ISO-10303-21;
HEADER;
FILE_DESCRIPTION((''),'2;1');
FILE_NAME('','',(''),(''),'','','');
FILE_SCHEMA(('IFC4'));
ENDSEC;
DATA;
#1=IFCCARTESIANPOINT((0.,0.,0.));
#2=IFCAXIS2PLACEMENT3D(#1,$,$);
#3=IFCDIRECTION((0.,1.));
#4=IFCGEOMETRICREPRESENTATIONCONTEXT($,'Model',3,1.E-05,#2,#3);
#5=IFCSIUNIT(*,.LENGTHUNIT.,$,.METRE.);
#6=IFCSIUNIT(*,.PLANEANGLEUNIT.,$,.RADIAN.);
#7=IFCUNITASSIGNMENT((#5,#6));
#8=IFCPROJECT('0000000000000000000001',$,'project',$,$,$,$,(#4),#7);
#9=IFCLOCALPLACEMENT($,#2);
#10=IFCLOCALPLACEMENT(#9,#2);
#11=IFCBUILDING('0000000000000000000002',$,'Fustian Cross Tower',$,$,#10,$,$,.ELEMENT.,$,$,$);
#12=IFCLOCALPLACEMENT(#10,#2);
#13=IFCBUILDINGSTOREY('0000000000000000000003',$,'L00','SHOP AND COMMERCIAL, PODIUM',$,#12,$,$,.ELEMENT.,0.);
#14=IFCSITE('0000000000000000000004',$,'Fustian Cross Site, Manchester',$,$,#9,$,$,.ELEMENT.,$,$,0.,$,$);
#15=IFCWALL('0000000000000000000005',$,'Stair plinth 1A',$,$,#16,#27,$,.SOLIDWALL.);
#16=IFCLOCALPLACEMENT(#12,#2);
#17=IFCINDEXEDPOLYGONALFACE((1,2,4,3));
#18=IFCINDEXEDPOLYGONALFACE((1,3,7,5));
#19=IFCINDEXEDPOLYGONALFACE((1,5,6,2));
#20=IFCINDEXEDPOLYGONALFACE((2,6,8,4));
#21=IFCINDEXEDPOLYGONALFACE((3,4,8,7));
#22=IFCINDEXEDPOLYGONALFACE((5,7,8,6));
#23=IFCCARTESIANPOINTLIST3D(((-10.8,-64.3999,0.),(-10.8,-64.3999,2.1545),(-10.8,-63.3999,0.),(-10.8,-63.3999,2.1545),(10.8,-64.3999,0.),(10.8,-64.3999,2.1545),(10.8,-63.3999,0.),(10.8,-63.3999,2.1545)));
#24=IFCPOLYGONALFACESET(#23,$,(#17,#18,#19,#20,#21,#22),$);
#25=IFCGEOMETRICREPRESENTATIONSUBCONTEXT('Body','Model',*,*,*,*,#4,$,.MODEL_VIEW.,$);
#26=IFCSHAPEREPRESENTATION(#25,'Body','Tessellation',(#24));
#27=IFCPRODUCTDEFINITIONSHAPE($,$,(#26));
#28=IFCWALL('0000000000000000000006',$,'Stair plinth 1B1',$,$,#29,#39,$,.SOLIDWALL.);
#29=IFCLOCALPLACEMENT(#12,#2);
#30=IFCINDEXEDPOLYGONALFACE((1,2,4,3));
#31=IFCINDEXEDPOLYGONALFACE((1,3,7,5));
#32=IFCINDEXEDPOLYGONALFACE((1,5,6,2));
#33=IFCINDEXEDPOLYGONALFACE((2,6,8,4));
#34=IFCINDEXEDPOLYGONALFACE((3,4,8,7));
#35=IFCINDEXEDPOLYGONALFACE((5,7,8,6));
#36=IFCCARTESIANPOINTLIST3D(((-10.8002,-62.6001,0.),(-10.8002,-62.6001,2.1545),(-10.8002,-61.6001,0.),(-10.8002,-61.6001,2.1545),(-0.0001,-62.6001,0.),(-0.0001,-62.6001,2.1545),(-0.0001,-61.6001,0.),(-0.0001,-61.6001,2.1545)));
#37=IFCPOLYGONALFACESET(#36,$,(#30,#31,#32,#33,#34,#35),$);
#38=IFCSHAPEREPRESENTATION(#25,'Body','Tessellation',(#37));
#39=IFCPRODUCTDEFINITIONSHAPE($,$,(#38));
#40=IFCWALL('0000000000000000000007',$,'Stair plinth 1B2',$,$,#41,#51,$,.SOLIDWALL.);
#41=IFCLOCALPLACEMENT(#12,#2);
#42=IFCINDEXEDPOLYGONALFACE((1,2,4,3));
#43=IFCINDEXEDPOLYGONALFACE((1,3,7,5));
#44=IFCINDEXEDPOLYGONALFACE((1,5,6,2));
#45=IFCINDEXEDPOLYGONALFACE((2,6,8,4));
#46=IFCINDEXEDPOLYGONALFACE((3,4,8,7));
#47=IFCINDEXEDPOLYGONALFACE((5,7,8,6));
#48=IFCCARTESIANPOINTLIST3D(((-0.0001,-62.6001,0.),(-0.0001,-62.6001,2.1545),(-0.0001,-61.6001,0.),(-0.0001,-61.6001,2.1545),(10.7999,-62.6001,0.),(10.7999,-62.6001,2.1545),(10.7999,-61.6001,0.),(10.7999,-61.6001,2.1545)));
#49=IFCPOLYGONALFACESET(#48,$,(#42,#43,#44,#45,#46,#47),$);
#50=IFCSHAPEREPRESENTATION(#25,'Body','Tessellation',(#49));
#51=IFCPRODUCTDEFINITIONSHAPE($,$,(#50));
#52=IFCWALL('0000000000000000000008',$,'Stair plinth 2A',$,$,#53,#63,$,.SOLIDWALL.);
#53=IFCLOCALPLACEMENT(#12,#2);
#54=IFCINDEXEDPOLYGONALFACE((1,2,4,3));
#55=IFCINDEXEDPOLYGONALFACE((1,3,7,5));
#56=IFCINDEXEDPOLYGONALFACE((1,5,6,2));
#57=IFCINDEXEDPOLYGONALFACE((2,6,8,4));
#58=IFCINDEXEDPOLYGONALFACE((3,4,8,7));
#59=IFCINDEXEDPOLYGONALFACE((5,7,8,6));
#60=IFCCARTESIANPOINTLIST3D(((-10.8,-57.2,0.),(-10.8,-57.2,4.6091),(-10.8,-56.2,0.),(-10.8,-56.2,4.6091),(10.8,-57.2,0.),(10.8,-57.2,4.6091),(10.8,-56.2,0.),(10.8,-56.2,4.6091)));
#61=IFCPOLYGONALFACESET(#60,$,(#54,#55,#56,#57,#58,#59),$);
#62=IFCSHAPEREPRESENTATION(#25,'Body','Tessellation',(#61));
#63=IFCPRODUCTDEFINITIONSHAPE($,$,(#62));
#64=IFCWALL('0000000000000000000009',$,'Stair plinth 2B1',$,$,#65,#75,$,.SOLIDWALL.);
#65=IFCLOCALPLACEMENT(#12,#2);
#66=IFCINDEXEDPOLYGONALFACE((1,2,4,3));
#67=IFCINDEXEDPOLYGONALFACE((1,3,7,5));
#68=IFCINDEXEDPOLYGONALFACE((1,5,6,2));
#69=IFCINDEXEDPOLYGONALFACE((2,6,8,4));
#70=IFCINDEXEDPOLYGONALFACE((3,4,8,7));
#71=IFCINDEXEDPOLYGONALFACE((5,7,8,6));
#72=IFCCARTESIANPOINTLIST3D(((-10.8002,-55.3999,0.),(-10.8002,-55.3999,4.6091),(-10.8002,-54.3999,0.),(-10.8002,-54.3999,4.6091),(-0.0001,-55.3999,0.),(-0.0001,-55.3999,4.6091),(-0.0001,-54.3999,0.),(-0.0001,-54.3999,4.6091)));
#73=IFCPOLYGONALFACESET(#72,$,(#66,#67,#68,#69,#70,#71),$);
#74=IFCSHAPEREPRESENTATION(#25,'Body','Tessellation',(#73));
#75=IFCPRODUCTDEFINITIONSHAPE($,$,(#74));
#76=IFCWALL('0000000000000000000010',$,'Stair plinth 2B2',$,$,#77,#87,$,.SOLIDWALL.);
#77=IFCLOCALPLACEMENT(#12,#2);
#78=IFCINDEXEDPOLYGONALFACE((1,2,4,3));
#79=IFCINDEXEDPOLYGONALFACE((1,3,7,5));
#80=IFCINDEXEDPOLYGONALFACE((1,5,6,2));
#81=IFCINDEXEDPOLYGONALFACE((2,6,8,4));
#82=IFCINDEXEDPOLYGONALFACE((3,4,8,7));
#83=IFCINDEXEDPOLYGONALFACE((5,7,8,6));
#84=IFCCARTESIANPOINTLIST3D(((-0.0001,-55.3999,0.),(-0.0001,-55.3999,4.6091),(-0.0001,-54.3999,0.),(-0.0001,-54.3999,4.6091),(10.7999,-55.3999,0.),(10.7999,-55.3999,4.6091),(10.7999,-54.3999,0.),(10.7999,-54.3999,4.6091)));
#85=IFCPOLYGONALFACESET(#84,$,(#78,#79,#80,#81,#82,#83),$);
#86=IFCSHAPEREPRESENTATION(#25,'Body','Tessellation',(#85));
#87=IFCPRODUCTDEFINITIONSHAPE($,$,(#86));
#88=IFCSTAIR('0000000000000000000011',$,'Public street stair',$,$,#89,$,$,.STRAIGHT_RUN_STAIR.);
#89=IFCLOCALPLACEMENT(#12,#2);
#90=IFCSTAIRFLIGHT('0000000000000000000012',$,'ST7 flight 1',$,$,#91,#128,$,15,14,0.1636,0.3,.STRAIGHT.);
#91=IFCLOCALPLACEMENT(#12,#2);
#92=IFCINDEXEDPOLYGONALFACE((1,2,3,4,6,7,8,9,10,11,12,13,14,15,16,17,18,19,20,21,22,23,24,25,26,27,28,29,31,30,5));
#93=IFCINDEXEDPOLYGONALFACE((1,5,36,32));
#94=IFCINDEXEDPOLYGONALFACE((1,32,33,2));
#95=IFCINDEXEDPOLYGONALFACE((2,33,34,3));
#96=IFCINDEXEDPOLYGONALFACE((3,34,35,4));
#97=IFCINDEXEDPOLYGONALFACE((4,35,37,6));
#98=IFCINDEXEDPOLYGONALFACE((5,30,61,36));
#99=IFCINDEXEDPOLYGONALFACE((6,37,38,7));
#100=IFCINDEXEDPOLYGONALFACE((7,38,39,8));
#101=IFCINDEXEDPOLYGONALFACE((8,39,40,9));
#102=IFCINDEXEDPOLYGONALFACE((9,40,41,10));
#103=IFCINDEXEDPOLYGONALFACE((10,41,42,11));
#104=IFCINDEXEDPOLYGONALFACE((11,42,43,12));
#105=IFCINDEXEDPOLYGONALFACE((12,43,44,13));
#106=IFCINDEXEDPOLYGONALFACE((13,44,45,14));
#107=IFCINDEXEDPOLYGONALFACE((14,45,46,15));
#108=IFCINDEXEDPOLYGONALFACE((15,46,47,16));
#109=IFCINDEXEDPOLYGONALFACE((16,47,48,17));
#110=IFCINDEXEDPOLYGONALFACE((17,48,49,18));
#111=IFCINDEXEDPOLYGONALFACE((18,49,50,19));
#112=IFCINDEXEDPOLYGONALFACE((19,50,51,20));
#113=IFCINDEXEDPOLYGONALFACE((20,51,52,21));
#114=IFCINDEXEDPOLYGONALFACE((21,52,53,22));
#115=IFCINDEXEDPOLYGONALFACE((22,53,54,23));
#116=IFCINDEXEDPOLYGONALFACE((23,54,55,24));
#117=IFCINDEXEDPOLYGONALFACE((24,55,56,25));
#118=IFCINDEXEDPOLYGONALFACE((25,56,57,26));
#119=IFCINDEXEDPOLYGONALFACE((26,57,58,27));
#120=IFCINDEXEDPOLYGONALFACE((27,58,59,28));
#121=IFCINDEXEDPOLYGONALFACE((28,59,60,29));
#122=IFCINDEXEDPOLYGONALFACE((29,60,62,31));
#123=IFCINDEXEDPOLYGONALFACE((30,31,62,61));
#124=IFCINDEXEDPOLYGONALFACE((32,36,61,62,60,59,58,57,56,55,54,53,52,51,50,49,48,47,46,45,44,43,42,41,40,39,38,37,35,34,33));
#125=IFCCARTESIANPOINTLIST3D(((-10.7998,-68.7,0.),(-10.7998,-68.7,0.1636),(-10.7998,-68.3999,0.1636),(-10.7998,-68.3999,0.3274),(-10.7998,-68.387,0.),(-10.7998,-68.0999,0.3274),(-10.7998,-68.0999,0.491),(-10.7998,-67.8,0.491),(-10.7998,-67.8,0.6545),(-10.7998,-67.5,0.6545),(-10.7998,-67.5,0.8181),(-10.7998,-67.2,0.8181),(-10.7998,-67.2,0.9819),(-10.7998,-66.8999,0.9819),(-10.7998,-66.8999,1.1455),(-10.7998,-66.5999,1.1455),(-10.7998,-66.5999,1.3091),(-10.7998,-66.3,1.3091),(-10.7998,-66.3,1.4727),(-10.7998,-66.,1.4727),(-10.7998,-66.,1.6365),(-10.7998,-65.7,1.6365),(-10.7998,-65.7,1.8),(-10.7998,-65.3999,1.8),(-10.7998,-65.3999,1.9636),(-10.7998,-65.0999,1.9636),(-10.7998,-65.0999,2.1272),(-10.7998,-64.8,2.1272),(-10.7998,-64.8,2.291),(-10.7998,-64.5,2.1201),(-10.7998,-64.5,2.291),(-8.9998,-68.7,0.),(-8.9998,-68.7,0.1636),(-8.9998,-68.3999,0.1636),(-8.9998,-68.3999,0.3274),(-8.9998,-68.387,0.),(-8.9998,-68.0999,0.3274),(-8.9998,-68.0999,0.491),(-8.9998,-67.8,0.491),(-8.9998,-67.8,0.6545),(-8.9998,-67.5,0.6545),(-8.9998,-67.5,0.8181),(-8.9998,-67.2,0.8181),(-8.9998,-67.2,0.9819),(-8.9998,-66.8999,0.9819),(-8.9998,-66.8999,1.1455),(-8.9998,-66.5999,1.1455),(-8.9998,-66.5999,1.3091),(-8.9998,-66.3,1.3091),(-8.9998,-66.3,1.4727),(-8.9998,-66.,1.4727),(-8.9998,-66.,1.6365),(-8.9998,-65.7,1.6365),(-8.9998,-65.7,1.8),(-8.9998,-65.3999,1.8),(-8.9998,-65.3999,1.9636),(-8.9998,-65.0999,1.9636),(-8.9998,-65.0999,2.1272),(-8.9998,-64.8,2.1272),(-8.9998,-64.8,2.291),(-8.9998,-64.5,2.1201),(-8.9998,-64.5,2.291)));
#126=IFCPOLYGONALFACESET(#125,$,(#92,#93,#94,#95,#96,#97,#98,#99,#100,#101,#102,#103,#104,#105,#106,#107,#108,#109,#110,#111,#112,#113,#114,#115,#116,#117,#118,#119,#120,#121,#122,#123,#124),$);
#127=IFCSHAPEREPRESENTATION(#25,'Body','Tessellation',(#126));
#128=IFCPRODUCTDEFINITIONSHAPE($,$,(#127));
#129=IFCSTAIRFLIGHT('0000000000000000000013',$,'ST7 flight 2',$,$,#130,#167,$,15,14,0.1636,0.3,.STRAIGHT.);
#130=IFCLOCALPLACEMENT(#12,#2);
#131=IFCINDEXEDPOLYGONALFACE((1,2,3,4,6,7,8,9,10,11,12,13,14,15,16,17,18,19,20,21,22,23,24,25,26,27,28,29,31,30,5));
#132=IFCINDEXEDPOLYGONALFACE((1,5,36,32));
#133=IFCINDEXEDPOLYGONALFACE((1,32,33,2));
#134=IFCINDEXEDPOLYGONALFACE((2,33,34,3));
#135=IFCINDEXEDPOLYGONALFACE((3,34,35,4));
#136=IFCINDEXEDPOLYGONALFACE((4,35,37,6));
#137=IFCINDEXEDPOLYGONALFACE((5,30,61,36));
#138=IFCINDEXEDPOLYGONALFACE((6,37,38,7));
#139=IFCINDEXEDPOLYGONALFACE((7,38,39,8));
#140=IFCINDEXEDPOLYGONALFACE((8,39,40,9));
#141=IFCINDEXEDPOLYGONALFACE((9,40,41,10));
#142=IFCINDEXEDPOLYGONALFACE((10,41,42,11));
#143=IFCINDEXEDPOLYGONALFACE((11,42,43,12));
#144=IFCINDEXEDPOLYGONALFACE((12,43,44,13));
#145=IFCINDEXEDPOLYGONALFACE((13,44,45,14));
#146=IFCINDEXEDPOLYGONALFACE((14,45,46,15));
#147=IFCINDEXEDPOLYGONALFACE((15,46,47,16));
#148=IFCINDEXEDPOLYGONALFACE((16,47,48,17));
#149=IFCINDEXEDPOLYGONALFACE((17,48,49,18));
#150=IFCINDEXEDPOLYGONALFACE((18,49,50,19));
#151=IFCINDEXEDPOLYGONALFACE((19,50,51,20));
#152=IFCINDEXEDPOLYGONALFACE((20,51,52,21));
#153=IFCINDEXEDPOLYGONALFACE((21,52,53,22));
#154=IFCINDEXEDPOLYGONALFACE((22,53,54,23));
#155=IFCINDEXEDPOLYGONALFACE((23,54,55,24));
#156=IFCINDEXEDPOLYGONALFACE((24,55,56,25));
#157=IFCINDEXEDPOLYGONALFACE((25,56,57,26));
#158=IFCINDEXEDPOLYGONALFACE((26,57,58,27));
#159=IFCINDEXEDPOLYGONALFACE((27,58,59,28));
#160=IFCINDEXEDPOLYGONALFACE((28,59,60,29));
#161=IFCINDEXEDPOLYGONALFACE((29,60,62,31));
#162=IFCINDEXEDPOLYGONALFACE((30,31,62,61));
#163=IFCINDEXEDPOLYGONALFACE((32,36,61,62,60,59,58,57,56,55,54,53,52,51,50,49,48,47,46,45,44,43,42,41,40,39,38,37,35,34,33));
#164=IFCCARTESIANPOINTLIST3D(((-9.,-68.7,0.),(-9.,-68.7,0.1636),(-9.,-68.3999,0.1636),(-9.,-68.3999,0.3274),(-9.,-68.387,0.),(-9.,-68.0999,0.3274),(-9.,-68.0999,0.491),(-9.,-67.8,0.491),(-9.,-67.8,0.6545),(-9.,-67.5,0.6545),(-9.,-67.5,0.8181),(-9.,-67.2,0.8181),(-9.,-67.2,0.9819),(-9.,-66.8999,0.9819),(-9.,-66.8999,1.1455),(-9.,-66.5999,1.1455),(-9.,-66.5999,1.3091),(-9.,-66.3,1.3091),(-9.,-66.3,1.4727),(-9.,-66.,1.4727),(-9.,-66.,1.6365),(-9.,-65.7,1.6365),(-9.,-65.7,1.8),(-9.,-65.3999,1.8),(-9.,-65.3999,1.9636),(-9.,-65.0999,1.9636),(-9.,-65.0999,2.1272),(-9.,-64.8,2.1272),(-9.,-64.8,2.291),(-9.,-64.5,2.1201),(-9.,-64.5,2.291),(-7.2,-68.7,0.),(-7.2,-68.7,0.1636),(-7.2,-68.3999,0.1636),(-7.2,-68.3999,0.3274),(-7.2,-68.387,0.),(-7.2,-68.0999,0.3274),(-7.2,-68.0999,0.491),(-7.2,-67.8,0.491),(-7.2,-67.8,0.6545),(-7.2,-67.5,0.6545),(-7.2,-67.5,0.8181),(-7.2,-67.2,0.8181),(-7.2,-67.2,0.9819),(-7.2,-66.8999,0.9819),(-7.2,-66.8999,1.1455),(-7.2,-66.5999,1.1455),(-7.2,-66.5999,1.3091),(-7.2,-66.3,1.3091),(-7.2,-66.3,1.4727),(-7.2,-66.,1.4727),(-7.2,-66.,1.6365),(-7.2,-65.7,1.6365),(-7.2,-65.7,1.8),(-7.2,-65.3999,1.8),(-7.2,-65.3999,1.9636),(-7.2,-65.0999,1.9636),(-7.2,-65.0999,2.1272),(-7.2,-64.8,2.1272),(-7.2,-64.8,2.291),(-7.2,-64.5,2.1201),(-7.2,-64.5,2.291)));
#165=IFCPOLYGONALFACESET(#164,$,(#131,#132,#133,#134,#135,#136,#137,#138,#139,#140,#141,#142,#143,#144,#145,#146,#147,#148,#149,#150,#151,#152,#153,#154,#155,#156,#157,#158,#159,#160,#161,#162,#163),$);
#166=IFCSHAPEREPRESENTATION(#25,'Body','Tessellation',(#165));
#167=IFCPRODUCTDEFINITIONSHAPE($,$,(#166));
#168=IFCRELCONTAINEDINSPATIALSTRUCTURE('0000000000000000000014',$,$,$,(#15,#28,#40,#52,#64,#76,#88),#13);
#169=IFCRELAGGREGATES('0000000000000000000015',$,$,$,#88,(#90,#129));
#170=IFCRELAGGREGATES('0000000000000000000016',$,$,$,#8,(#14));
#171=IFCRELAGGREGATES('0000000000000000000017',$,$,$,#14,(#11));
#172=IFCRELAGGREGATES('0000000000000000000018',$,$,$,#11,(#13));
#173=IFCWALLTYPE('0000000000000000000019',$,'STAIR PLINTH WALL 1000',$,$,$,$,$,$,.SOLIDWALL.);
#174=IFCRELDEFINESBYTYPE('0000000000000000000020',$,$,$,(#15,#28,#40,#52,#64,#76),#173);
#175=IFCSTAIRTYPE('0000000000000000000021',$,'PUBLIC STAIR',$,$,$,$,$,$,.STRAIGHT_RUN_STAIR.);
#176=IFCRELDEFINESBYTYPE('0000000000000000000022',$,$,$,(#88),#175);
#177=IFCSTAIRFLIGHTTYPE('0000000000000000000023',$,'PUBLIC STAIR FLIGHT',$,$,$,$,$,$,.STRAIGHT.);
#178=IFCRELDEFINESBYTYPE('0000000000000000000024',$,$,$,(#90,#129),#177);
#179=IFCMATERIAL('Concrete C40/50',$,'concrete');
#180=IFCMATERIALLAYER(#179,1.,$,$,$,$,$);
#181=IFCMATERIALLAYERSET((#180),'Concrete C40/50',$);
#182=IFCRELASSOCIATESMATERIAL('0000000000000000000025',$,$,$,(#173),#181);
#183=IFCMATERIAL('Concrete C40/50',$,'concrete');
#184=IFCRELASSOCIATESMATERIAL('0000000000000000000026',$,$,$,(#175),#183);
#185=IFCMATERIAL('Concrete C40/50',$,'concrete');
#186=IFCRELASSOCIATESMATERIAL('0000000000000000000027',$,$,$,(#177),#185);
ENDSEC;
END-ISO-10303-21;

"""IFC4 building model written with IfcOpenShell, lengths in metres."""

from ifc_helpers import new_model, si_unit, direction, frame, frame_2d, origin, place, context, subcontext, project, spatial, polyline, rectangle, outline, extrude, material, layer, layer_set, type_object, element, aggregate, save


model = new_model("IFC4")

# Units and contexts
model_context = context("Model", 3, precision=1e-05, world=origin(), true_north=direction((0.0, 1.0)))
body_context = subcontext(model_context, "Body", "Model", "MODEL_VIEW")
ifc_project = project(units=[si_unit("LENGTHUNIT", "METRE"), si_unit("PLANEANGLEUNIT", "RADIAN")], contexts=[model_context])

# Site, building, storey
site_placement = place(None, origin())
site = spatial("IfcSite", under=ifc_project, at=site_placement, Name="Fustian Cross Site, Manchester", CompositionType="ELEMENT", RefElevation=0.0)
building_placement = place(site_placement, origin())
building = spatial("IfcBuilding", under=site, at=building_placement, Name="Fustian Cross Tower", CompositionType="ELEMENT")
storey_placement = place(building_placement, origin())
storey = spatial("IfcBuildingStorey", under=building, at=storey_placement, Name="L00", Description="SHOP AND COMMERCIAL, PODIUM", CompositionType="ELEMENT", Elevation=0.0)

# Walls
ifc_material_1 = material(Name="Concrete C40/50", Category="concrete")
ifc_layer = layer(ifc_material_1, 1.0)
ifc_layer_set = layer_set([ifc_layer], Name="Concrete C40/50")
wall_type = type_object("IfcWallType", Name="STAIR PLINTH WALL 1000", PredefinedType="SOLIDWALL", material=ifc_layer_set)
wall_1_placement = place(storey_placement, frame((-10.8, -63.8999, 0.0), z_axis=(0.0, 0.0, 1.0), x_axis=(1.0, 0.0, 0.0)))
element("IfcWall", 1, at=wall_1_placement, inside=storey, type_object=wall_type, Name="Stair plinth 1A", PredefinedType="SOLIDWALL", context=body_context, shape_type="SweptSolid", body=[
    extrude(rectangle(XDim=21.6001, YDim=1.0, at=frame_2d((10.8, 0.0))), origin(), (0.0, 0.0, 1.0), 2.1545),
])
for number, where, z_axis, x_axis, name in (
    (2, (-10.8, -62.1001, 0.0), (0.0, 0.0, 1.0), (1.0, 0.0, 0.0), "Stair plinth 1B1"),
    (3, (0.0, -62.1001, 0.0), (0.0, 0.0, 1.0), (1.0, 0.0, 0.0), "Stair plinth 1B2"),
):
    element("IfcWall", number, at=place(storey_placement, frame(where, z_axis=z_axis, x_axis=x_axis)), inside=storey, type_object=wall_type, Name=name, PredefinedType="SOLIDWALL", context=body_context, shape_type="SweptSolid", body=[
        extrude(rectangle(XDim=10.8, YDim=1.0, at=frame_2d((5.3999, 0.0))), origin(), (0.0, 0.0, 1.0), 2.1545),
    ])
wall_2_placement = place(storey_placement, frame((-10.8, -56.7, 0.0), z_axis=(0.0, 0.0, 1.0), x_axis=(1.0, 0.0, 0.0)))
element("IfcWall", 4, at=wall_2_placement, inside=storey, type_object=wall_type, Name="Stair plinth 2A", PredefinedType="SOLIDWALL", context=body_context, shape_type="SweptSolid", body=[
    extrude(rectangle(XDim=21.6001, YDim=1.0, at=frame_2d((10.8, 0.0))), origin(), (0.0, 0.0, 1.0), 4.6091),
])
for number, where, z_axis, x_axis, name in (
    (5, (-10.8, -54.8999, 0.0), (0.0, 0.0, 1.0), (1.0, 0.0, 0.0), "Stair plinth 2B1"),
    (6, (0.0, -54.8999, 0.0), (0.0, 0.0, 1.0), (1.0, 0.0, 0.0), "Stair plinth 2B2"),
):
    element("IfcWall", number, at=place(storey_placement, frame(where, z_axis=z_axis, x_axis=x_axis)), inside=storey, type_object=wall_type, Name=name, PredefinedType="SOLIDWALL", context=body_context, shape_type="SweptSolid", body=[
        extrude(rectangle(XDim=10.8, YDim=1.0, at=frame_2d((5.3999, 0.0))), origin(), (0.0, 0.0, 1.0), 4.6091),
    ])

# Stair, stair flights
ifc_material_2 = material(Name="Concrete C40/50", Category="concrete")
stair_type = type_object("IfcStairType", Name="PUBLIC STAIR", PredefinedType="STRAIGHT_RUN_STAIR", material=ifc_material_2)
stair_placement = place(storey_placement, origin())
stair = element("IfcStair", 7, at=stair_placement, inside=storey, type_object=stair_type, Name="Public street stair", PredefinedType="STRAIGHT_RUN_STAIR")
ifc_material_3 = material(Name="Concrete C40/50", Category="concrete")
stair_flight_type = type_object("IfcStairFlightType", Name="PUBLIC STAIR FLIGHT", PredefinedType="STRAIGHT", material=ifc_material_3)
stair_flight_1_placement = place(storey_placement, frame((-9.8999, -68.7, 0.0), z_axis=(0.0, 0.0, 1.0), x_axis=(0.0, 1.0, 0.0)))
stair_flight_1 = element("IfcStairFlight", 8, at=stair_flight_1_placement, type_object=stair_flight_type, Name="ST7 flight 1", NumberOfRisers=15, NumberOfTreads=14, PredefinedType="STRAIGHT", RiserHeight=0.1636, TreadLength=0.3, context=body_context, shape_type="SweptSolid", body=[
    extrude(outline(polyline([(0.0, 0.0), (0.0, 0.1636), (0.3, 0.1636), (0.3, 0.3274), (0.6001, 0.3274), (0.6001, 0.491), (0.8999, 0.491), (0.8999, 0.6545), (1.2, 0.6545), (1.2, 0.8181), (1.5, 0.8181), (1.5, 0.9819), (1.8, 0.9819), (1.8, 1.1455), (2.1001, 1.1455), (2.1001, 1.3091), (2.3999, 1.3091), (2.3999, 1.4727), (2.7, 1.4727), (2.7, 1.6365), (3.0, 1.6365), (3.0, 1.8), (3.3, 1.8), (3.3, 1.9636), (3.6001, 1.9636), (3.6001, 2.1272), (3.8999, 2.1272), (3.8999, 2.291), (4.2, 2.291), (4.2, 2.4546), (4.2, 2.1201), (0.313, 0.0), (0.0, 0.0)])), frame((0.0, 0.8999, 0.0), z_axis=(0.0, -1.0, 0.0), x_axis=(1.0, 0.0, 0.0)), (0.0, 0.0, 1.0), 1.8),
])
stair_flight_2_placement = place(storey_placement, frame((-8.1001, -68.7, 0.0), z_axis=(0.0, 0.0, 1.0), x_axis=(0.0, 1.0, 0.0)))
stair_flight_2 = element("IfcStairFlight", 9, at=stair_flight_2_placement, type_object=stair_flight_type, Name="ST7 flight 2", NumberOfRisers=15, NumberOfTreads=14, PredefinedType="STRAIGHT", RiserHeight=0.1636, TreadLength=0.3, context=body_context, shape_type="SweptSolid", body=[
    extrude(outline(polyline([(0.0, 0.0), (0.0, 0.1636), (0.3, 0.1636), (0.3, 0.3274), (0.6001, 0.3274), (0.6001, 0.491), (0.8999, 0.491), (0.8999, 0.6545), (1.2, 0.6545), (1.2, 0.8181), (1.5, 0.8181), (1.5, 0.9819), (1.8, 0.9819), (1.8, 1.1455), (2.1001, 1.1455), (2.1001, 1.3091), (2.3999, 1.3091), (2.3999, 1.4727), (2.7, 1.4727), (2.7, 1.6365), (3.0, 1.6365), (3.0, 1.8), (3.3, 1.8), (3.3, 1.9636), (3.6001, 1.9636), (3.6001, 2.1272), (3.8999, 2.1272), (3.8999, 2.291), (4.2, 2.291), (4.2, 2.4546), (4.2, 2.1201), (0.313, 0.0), (0.0, 0.0)])), frame((0.0, 0.8999, 0.0), z_axis=(0.0, -1.0, 0.0), x_axis=(1.0, 0.0, 0.0)), (0.0, 0.0, 1.0), 1.8),
])
aggregate(stair, [stair_flight_1, stair_flight_2])

save(model, "model.ifc")
